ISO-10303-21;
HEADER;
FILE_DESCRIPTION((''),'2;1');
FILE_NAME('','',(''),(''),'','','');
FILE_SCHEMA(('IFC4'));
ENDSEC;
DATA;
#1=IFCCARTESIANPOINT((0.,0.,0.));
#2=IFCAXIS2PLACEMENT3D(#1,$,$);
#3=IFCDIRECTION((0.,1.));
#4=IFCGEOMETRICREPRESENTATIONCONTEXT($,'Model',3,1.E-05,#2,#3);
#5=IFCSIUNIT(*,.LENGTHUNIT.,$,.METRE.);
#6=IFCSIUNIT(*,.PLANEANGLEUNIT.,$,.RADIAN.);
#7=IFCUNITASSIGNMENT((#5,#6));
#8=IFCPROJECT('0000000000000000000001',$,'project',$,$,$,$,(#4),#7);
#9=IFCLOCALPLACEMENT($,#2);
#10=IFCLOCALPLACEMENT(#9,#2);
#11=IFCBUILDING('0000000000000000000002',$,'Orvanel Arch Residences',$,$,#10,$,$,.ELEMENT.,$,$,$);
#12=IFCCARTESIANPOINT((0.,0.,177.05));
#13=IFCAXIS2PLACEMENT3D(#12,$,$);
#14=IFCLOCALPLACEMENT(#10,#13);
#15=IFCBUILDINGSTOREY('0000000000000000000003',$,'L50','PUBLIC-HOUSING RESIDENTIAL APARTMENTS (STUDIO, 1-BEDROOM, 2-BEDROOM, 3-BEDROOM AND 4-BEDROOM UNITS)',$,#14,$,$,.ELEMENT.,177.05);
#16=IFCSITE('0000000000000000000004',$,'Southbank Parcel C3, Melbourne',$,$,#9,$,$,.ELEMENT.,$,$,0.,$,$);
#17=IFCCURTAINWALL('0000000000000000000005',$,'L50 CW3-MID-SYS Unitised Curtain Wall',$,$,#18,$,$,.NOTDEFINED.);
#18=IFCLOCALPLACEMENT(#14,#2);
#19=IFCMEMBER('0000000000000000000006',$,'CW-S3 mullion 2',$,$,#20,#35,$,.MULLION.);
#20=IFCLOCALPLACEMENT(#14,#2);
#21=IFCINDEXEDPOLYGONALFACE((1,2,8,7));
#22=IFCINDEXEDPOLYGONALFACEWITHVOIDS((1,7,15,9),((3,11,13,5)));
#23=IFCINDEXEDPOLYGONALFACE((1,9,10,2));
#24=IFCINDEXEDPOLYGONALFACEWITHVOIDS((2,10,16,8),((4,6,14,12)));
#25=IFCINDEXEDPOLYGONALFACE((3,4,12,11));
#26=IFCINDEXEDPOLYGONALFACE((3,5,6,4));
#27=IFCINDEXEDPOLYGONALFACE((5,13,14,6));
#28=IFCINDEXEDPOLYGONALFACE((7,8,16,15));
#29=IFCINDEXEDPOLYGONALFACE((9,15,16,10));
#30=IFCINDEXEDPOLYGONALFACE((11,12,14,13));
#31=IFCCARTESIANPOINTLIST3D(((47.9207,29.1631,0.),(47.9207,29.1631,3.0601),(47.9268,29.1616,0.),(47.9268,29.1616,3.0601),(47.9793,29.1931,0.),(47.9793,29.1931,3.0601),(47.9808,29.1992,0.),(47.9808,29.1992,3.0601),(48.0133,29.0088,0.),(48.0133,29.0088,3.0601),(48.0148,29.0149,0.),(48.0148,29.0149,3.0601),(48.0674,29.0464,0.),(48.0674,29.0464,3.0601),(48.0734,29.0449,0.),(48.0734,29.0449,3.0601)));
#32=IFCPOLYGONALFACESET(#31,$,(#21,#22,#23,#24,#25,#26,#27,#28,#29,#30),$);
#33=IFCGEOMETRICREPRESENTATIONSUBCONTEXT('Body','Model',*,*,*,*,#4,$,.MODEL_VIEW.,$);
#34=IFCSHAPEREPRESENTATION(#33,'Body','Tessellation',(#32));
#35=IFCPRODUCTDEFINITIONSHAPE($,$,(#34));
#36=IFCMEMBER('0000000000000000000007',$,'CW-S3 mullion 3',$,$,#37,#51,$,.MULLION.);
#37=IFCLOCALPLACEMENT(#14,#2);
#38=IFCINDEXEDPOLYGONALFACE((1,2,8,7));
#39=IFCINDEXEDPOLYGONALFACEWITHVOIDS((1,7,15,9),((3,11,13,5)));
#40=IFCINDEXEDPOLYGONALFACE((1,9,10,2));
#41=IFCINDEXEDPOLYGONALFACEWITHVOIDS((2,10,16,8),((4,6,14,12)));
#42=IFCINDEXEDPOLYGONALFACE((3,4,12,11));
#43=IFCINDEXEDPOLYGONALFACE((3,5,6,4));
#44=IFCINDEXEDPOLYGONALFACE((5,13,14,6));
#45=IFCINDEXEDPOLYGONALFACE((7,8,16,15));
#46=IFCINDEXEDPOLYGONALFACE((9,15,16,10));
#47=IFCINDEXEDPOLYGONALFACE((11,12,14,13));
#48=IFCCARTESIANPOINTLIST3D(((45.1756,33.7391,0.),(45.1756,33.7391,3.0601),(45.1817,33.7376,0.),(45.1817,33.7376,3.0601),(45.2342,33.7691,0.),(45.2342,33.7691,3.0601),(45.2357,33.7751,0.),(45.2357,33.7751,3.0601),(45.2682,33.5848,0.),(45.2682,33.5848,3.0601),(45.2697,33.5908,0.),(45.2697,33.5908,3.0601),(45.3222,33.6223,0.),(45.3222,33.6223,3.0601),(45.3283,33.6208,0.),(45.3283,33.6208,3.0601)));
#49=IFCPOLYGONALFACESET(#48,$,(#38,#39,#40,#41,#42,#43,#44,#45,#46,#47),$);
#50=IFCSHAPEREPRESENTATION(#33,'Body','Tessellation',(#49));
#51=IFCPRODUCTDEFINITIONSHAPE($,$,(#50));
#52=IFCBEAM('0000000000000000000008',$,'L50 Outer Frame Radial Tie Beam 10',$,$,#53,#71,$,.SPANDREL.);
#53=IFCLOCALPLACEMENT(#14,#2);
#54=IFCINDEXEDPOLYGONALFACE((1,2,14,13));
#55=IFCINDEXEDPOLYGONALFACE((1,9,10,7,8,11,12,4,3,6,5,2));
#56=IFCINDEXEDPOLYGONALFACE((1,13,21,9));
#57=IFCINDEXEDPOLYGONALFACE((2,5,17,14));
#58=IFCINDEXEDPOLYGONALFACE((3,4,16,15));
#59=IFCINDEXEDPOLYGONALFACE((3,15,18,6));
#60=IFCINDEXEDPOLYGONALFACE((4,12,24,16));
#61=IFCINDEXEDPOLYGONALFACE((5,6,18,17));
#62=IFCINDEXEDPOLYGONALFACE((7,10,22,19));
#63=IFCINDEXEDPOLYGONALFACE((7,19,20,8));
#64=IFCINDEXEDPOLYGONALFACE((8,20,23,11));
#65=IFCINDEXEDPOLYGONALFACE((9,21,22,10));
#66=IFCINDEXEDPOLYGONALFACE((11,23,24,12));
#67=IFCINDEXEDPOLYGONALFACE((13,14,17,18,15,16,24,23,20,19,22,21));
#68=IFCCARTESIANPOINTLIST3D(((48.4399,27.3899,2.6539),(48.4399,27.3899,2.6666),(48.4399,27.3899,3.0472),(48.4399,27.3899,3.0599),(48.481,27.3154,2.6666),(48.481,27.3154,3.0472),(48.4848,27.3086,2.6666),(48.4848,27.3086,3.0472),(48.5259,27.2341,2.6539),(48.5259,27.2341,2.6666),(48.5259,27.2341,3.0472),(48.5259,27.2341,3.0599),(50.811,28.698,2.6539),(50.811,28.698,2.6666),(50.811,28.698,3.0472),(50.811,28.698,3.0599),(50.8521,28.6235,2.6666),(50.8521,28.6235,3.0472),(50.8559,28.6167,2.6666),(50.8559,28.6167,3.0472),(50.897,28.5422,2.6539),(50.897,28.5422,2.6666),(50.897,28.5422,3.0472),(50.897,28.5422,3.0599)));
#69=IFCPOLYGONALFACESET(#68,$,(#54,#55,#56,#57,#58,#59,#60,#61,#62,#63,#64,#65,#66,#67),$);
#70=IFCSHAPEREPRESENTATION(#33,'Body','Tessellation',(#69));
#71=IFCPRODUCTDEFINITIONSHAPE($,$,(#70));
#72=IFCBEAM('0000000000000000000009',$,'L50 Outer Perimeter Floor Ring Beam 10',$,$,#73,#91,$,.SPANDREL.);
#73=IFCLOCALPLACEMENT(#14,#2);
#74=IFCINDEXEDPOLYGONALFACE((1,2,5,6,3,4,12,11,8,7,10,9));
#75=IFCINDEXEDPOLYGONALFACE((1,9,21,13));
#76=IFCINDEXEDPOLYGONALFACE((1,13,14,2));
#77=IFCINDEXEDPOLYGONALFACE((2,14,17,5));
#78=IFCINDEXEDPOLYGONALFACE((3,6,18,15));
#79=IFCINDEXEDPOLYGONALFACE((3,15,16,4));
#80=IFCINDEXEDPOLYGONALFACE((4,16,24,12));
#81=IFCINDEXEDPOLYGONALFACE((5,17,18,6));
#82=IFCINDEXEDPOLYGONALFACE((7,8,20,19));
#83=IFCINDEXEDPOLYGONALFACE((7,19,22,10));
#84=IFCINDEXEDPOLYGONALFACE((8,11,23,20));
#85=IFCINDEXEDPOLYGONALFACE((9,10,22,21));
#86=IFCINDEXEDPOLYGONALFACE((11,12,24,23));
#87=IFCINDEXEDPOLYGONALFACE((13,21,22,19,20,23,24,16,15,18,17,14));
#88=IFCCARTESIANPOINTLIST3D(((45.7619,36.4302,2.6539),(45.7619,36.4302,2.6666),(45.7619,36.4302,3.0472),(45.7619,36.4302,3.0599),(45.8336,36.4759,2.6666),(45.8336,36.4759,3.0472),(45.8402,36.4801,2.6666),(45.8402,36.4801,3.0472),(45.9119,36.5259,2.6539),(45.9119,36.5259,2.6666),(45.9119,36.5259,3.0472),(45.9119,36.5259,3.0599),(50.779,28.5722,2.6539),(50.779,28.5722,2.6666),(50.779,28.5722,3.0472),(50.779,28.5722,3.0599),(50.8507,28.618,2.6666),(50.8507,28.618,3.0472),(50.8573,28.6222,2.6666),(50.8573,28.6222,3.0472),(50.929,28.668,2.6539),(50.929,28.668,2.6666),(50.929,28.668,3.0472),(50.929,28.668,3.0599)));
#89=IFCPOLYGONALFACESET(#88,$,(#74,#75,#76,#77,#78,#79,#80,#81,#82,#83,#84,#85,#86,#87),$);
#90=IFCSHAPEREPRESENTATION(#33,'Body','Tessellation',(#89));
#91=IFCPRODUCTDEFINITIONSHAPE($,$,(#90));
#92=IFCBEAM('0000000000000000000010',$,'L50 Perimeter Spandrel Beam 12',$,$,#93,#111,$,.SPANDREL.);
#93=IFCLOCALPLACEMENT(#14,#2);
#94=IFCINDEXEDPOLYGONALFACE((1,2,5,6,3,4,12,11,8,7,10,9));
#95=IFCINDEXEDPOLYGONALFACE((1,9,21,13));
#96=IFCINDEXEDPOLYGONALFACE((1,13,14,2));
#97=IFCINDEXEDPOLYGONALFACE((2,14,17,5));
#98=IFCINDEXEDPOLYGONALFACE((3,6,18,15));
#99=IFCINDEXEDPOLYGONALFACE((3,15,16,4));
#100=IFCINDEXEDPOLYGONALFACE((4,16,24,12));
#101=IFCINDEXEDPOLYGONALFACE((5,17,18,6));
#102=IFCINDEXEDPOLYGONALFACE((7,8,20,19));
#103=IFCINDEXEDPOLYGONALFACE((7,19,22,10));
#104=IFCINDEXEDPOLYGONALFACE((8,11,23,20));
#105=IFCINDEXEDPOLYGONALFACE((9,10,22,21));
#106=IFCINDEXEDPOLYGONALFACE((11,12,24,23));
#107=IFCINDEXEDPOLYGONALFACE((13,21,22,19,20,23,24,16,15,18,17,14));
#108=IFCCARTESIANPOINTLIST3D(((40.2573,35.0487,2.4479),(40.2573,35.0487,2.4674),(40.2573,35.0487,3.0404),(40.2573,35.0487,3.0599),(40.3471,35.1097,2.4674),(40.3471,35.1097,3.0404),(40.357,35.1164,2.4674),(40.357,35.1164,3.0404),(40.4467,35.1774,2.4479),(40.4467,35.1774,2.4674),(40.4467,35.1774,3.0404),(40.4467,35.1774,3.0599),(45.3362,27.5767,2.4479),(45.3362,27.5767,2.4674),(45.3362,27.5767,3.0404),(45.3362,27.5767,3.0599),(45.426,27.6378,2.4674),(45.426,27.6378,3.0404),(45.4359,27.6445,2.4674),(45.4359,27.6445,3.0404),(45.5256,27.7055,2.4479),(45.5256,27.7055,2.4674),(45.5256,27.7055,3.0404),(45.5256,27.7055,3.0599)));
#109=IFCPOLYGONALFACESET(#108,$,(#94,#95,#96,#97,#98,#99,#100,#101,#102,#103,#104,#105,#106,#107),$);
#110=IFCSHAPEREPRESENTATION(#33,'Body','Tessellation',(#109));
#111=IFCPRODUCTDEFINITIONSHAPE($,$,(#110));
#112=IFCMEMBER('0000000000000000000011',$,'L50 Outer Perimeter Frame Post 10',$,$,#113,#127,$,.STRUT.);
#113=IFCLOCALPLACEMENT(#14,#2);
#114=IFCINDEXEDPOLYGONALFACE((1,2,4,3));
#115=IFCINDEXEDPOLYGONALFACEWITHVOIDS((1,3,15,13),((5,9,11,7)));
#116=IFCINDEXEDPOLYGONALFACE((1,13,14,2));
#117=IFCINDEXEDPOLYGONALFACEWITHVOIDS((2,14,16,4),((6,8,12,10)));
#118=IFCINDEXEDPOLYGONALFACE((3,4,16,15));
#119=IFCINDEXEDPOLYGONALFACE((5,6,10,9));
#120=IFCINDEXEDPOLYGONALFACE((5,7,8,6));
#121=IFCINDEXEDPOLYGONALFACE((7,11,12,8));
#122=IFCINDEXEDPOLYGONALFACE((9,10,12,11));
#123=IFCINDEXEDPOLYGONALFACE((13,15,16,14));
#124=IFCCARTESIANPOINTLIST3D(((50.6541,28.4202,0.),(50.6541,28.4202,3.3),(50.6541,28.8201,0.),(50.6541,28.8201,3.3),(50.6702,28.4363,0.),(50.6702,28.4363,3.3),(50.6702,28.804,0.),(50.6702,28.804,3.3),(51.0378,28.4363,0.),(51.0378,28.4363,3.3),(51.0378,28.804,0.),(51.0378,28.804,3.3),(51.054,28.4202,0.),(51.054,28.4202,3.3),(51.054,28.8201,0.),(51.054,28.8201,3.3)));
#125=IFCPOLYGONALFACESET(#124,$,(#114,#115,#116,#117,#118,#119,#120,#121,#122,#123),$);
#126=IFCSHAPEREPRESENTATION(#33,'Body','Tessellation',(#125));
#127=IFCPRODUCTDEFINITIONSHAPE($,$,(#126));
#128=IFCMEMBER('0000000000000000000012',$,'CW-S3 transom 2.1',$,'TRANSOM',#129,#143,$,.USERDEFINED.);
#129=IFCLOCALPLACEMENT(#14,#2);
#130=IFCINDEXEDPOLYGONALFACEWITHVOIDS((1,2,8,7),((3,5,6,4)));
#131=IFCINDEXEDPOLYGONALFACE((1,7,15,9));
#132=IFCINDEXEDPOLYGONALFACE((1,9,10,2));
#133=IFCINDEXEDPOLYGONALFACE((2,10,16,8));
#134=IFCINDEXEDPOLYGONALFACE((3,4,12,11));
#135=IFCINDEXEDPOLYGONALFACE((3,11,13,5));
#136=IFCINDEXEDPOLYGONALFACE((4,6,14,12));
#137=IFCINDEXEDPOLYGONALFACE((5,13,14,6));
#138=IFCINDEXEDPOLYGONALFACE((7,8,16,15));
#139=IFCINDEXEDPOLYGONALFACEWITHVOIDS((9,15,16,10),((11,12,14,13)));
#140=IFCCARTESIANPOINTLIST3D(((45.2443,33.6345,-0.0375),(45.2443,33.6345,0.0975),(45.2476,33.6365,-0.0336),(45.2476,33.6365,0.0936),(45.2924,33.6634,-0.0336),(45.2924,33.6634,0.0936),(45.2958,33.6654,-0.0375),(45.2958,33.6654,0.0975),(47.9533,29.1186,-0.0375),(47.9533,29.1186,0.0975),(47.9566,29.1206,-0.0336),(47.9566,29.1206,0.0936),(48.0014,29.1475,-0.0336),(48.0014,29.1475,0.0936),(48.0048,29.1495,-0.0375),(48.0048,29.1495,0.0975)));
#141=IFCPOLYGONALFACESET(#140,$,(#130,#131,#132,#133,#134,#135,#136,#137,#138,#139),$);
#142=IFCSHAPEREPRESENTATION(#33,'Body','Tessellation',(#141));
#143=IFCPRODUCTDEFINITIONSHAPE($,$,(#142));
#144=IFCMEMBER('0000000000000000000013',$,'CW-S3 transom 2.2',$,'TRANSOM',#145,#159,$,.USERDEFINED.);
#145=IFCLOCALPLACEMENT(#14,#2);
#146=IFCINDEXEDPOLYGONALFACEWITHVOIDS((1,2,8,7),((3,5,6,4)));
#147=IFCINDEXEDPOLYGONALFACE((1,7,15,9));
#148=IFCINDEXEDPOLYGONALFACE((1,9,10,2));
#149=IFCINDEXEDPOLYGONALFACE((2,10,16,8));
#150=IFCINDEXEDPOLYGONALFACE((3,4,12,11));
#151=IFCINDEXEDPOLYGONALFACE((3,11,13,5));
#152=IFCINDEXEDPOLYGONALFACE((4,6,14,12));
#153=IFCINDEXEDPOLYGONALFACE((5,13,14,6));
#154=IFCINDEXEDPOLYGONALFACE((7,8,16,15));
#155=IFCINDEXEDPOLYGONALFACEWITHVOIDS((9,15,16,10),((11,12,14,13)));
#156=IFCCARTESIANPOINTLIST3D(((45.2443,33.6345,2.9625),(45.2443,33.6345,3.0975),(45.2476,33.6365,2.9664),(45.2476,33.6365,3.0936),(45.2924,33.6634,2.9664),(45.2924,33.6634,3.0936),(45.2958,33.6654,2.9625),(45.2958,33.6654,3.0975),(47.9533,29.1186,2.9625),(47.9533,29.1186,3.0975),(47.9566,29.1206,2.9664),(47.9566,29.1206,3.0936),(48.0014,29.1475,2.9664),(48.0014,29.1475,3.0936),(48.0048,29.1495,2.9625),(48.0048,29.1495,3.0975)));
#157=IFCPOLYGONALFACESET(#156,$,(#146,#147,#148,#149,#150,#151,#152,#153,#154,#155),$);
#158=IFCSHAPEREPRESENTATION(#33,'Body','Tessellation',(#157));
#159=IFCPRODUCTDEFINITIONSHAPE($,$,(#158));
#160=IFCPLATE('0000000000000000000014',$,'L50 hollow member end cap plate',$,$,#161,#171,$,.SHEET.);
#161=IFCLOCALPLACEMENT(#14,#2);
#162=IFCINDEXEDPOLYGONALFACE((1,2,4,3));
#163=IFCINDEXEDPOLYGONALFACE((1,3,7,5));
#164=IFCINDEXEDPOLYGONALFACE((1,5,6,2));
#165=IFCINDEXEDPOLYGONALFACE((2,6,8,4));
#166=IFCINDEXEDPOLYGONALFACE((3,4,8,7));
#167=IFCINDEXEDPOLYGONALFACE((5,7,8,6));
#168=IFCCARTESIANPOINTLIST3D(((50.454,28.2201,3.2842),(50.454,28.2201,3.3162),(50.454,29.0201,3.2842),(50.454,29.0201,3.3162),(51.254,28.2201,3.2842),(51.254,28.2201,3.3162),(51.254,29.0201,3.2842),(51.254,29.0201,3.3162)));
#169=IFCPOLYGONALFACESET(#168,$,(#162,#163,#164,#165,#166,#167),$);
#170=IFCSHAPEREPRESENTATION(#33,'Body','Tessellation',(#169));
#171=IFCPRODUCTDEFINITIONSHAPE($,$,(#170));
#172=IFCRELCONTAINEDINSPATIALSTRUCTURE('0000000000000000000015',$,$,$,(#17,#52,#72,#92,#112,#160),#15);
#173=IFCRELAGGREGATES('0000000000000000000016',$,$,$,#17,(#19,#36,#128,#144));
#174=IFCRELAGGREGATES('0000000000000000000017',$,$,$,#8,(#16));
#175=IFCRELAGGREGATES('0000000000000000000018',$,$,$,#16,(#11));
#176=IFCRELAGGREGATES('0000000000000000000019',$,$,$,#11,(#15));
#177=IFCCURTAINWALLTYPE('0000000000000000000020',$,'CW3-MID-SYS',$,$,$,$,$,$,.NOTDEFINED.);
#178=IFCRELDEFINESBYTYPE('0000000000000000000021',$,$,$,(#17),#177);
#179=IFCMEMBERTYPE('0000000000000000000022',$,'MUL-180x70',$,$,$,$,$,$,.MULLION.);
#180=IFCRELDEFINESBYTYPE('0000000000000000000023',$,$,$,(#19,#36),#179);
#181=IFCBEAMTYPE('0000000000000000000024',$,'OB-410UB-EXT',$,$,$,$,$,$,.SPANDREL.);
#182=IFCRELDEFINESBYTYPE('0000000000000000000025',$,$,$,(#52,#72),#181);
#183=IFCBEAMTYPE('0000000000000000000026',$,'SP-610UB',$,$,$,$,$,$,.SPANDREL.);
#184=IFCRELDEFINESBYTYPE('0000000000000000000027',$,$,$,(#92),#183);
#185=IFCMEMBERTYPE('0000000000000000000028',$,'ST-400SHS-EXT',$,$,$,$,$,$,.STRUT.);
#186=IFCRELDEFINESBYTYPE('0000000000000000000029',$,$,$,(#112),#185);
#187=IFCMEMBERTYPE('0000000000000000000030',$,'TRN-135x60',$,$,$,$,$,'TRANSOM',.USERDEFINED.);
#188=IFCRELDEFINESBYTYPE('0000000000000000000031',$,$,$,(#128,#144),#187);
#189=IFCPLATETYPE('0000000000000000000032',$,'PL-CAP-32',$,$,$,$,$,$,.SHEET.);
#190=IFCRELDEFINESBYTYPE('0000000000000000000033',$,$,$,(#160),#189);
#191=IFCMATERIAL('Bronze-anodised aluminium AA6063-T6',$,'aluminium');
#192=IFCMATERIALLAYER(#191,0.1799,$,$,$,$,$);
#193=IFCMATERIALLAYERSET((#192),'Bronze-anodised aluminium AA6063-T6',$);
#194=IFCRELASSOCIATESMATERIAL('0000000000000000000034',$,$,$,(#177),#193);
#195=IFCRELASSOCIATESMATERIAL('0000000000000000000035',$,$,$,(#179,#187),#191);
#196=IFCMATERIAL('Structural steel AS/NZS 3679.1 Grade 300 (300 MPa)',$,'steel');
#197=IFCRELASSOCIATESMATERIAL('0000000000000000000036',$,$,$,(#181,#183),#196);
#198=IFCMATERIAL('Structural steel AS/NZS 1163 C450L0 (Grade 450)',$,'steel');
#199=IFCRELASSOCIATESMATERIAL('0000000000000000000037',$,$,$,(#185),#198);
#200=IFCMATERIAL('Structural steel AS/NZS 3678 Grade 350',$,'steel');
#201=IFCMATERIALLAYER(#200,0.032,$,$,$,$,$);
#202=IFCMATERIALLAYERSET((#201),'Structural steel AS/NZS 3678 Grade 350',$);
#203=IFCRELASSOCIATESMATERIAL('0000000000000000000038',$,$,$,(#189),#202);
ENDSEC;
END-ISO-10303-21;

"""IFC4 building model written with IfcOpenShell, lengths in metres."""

from ifc_helpers import new_model, si_unit, direction, frame, origin, origin_2d, place, context, subcontext, project, spatial, rectangle, hollow_rectangle, i_section, extrude, material, layer, layer_set, material_profile, profile_set, type_object, element, aggregate, save


model = new_model("IFC4")

# Units and contexts
model_context = context("Model", 3, precision=1e-05, world=origin(), true_north=direction((0.0, 1.0)))
body_context = subcontext(model_context, "Body", "Model", "MODEL_VIEW")
ifc_project = project(units=[si_unit("LENGTHUNIT", "METRE"), si_unit("PLANEANGLEUNIT", "RADIAN")], contexts=[model_context])

# Site, building, storey
site_placement = place(None, origin())
site = spatial("IfcSite", under=ifc_project, at=site_placement, Name="Southbank Parcel C3, Melbourne", CompositionType="ELEMENT", RefElevation=0.0)
building_placement = place(site_placement, origin())
building = spatial("IfcBuilding", under=site, at=building_placement, Name="Orvanel Arch Residences", CompositionType="ELEMENT")
storey_placement = place(building_placement, frame((0.0, 0.0, 177.05)))
storey = spatial("IfcBuildingStorey", under=building, at=storey_placement, Name="L50", Description="PUBLIC-HOUSING RESIDENTIAL APARTMENTS (STUDIO, 1-BEDROOM, 2-BEDROOM, 3-BEDROOM AND 4-BEDROOM UNITS)", CompositionType="ELEMENT", Elevation=177.05)

# Shared definitions
ifc_material_1 = material(Name="Structural steel AS/NZS 1163 C450L0 (Grade 450)", Category="steel")

# Shared definitions
ifc_material_2 = material(Name="Structural steel AS/NZS 3679.1 Grade 300 (300 MPa)", Category="steel")

# Curtain wall, members
ifc_material_3 = material(Name="Bronze-anodised aluminium AA6063-T6", Category="aluminium")
ifc_layer_1 = layer(ifc_material_3, 0.1799)
ifc_layer_set_1 = layer_set([ifc_layer_1], Name="Bronze-anodised aluminium AA6063-T6")
curtain_wall_type = type_object("IfcCurtainWallType", Name="CW3-MID-SYS", PredefinedType="NOTDEFINED", material=ifc_layer_set_1)
curtain_wall_placement = place(storey_placement, origin())
curtain_wall = element("IfcCurtainWall", 1, at=curtain_wall_placement, inside=storey, type_object=curtain_wall_type, Name="L50 CW3-MID-SYS Unitised Curtain Wall", PredefinedType="NOTDEFINED")
ifc_material_profile_1 = material_profile(ifc_material_3, hollow_rectangle(XDim=0.0701, YDim=0.1799, WallThickness=0.0044, at=origin_2d()), Name="ALU180x70x4.5")
ifc_profile_set_1 = profile_set([ifc_material_profile_1], Name="Bronze-anodised aluminium AA6063-T6")
member_type_1 = type_object("IfcMemberType", Name="MUL-180x70", PredefinedType="MULLION", material=ifc_profile_set_1)
member_1_placement = place(storey_placement, frame((47.9971, 29.104, 0.0), z_axis=(0.0, 0.0, 1.0), x_axis=(-0.857542, -0.514414, 0.0)))
member_1 = element("IfcMember", 2, at=member_1_placement, type_object=member_type_1, Name="CW-S3 mullion 2", PredefinedType="MULLION", context=body_context, shape_type="SweptSolid", body=[
    extrude(hollow_rectangle(XDim=0.0701, YDim=0.1799, WallThickness=0.0044, at=origin_2d()), origin(), (0.0, 0.0, 1.0), 3.0601),
])
member_2_placement = place(storey_placement, frame((45.252, 33.6799, 0.0), z_axis=(0.0, 0.0, 1.0), x_axis=(-0.857542, -0.514414, 0.0)))
member_2 = element("IfcMember", 3, at=member_2_placement, type_object=member_type_1, Name="CW-S3 mullion 3", PredefinedType="MULLION", context=body_context, shape_type="SweptSolid", body=[
    extrude(hollow_rectangle(XDim=0.0701, YDim=0.1799, WallThickness=0.0044, at=origin_2d()), origin(), (0.0, 0.0, 1.0), 3.0601),
])

# Beams
ifc_material_profile_2 = material_profile(ifc_material_2, i_section(OverallWidth=0.178, OverallDepth=0.406, WebThickness=0.0078, FlangeThickness=0.0127, at=origin_2d()), Name="410UB59.7")
ifc_profile_set_2 = profile_set([ifc_material_profile_2], Name="Structural steel AS/NZS 3679.1 Grade 300 (300 MPa)")
beam_type_1 = type_object("IfcBeamType", Name="OB-410UB-EXT", PredefinedType="SPANDREL", material=ifc_profile_set_2)
beam_1_placement = place(storey_placement, frame((48.4829, 27.312, 2.8569), z_axis=(0.875591, 0.483054, 0.0), x_axis=(-0.483054, 0.875591, 0.0)))
element("IfcBeam", 4, at=beam_1_placement, inside=storey, type_object=beam_type_1, Name="L50 Outer Frame Radial Tie Beam 10", PredefinedType="SPANDREL", context=body_context, shape_type="SweptSolid", body=[
    extrude(i_section(OverallWidth=0.178, OverallDepth=0.406, WebThickness=0.0078, FlangeThickness=0.0127, at=origin_2d()), origin(), (0.0, 0.0, 1.0), 2.708),
])
beam_2_placement = place(storey_placement, frame((50.854, 28.6201, 2.8569), z_axis=(-0.538142, 0.842854, 0.0), x_axis=(-0.842854, -0.538142, 0.0)))
element("IfcBeam", 5, at=beam_2_placement, inside=storey, type_object=beam_type_1, Name="L50 Outer Perimeter Floor Ring Beam 10", PredefinedType="SPANDREL", context=body_context, shape_type="SweptSolid", body=[
    extrude(i_section(OverallWidth=0.178, OverallDepth=0.406, WebThickness=0.0078, FlangeThickness=0.0127, at=origin_2d()), origin(), (0.0, 0.0, 1.0), 9.323),
])
ifc_material_profile_3 = material_profile(ifc_material_2, i_section(OverallWidth=0.229, OverallDepth=0.6121, WebThickness=0.012, FlangeThickness=0.0195, at=origin_2d()), Name="610UB125")
ifc_profile_set_3 = profile_set([ifc_material_profile_3], Name="Structural steel AS/NZS 3679.1 Grade 300 (300 MPa)")
beam_type_2 = type_object("IfcBeamType", Name="SP-610UB", PredefinedType="SPANDREL", material=ifc_profile_set_3)
beam_3_placement = place(storey_placement, frame((45.4309, 27.6411, 2.7539), z_axis=(-0.562155, 0.827032, 0.0), x_axis=(-0.827032, -0.562155, 0.0)))
element("IfcBeam", 6, at=beam_3_placement, inside=storey, type_object=beam_type_2, Name="L50 Perimeter Spandrel Beam 12", PredefinedType="SPANDREL", context=body_context, shape_type="SweptSolid", body=[
    extrude(i_section(OverallWidth=0.229, OverallDepth=0.6121, WebThickness=0.012, FlangeThickness=0.0195, at=origin_2d()), origin(), (0.0, 0.0, 1.0), 9.0347),
])

# Members
ifc_material_profile_4 = material_profile(ifc_material_1, hollow_rectangle(XDim=0.3999, YDim=0.3999, WallThickness=0.0161, at=origin_2d()), Name="SHS400x400x16")
ifc_profile_set_4 = profile_set([ifc_material_profile_4], Name="Structural steel AS/NZS 1163 C450L0 (Grade 450)")
member_type_2 = type_object("IfcMemberType", Name="ST-400SHS-EXT", PredefinedType="STRUT", material=ifc_profile_set_4)
member_3_placement = place(storey_placement, frame((50.854, 28.6201, 0.0), z_axis=(0.0, 0.0, 1.0), x_axis=(1.0, 0.0, 0.0)))
element("IfcMember", 7, at=member_3_placement, inside=storey, type_object=member_type_2, Name="L50 Outer Perimeter Frame Post 10", PredefinedType="STRUT", context=body_context, shape_type="SweptSolid", body=[
    extrude(hollow_rectangle(XDim=0.3999, YDim=0.3999, WallThickness=0.0161, at=origin_2d()), origin(), (0.0, 0.0, 1.0), 3.3),
])
ifc_material_profile_5 = material_profile(ifc_material_3, hollow_rectangle(XDim=0.0601, YDim=0.135, WallThickness=0.0039, at=origin_2d()), Name="ALU135x60x4")
ifc_profile_set_5 = profile_set([ifc_material_profile_5], Name="Bronze-anodised aluminium AA6063-T6")
member_type_3 = type_object("IfcMemberType", Name="TRN-135x60", ElementType="TRANSOM", PredefinedType="USERDEFINED", material=ifc_profile_set_5)
member_4_placement = place(storey_placement, frame((47.979, 29.134, 0.03), z_axis=(-0.514421, 0.857538, 0.0), x_axis=(-0.857538, -0.514421, 0.0)))
member_4 = element("IfcMember", 8, at=member_4_placement, type_object=member_type_3, Name="CW-S3 transom 2.1", ObjectType="TRANSOM", PredefinedType="USERDEFINED", context=body_context, shape_type="SweptSolid", body=[
    extrude(hollow_rectangle(XDim=0.0601, YDim=0.135, WallThickness=0.0039, at=origin_2d()), origin(), (0.0, 0.0, 1.0), 5.2661),
])
member_5_placement = place(storey_placement, frame((47.979, 29.134, 3.03), z_axis=(-0.514421, 0.857538, 0.0), x_axis=(-0.857538, -0.514421, 0.0)))
member_5 = element("IfcMember", 9, at=member_5_placement, type_object=member_type_3, Name="CW-S3 transom 2.2", ObjectType="TRANSOM", PredefinedType="USERDEFINED", context=body_context, shape_type="SweptSolid", body=[
    extrude(hollow_rectangle(XDim=0.0601, YDim=0.135, WallThickness=0.0039, at=origin_2d()), origin(), (0.0, 0.0, 1.0), 5.2661),
])

# Plate
ifc_material_4 = material(Name="Structural steel AS/NZS 3678 Grade 350", Category="steel")
ifc_layer_2 = layer(ifc_material_4, 0.032)
ifc_layer_set_2 = layer_set([ifc_layer_2], Name="Structural steel AS/NZS 3678 Grade 350")
plate_type_1 = type_object("IfcPlateType", Name="PL-CAP-32", PredefinedType="SHEET", material=ifc_layer_set_2)
plate_1_placement = place(storey_placement, frame((50.854, 28.6201, 3.2842), z_axis=(0.0, 0.0, 1.0), x_axis=(1.0, 0.0, 0.0)))
element("IfcPlate", 10, at=plate_1_placement, inside=storey, type_object=plate_type_1, Name="L50 hollow member end cap plate", PredefinedType="SHEET", context=body_context, shape_type="SweptSolid", body=[
    extrude(rectangle(XDim=0.8, YDim=0.8, at=origin_2d()), origin(), (0.0, 0.0, 1.0), 0.032),
])
aggregate(curtain_wall, [member_1, member_2, member_4, member_5])

save(model, "model.ifc")
